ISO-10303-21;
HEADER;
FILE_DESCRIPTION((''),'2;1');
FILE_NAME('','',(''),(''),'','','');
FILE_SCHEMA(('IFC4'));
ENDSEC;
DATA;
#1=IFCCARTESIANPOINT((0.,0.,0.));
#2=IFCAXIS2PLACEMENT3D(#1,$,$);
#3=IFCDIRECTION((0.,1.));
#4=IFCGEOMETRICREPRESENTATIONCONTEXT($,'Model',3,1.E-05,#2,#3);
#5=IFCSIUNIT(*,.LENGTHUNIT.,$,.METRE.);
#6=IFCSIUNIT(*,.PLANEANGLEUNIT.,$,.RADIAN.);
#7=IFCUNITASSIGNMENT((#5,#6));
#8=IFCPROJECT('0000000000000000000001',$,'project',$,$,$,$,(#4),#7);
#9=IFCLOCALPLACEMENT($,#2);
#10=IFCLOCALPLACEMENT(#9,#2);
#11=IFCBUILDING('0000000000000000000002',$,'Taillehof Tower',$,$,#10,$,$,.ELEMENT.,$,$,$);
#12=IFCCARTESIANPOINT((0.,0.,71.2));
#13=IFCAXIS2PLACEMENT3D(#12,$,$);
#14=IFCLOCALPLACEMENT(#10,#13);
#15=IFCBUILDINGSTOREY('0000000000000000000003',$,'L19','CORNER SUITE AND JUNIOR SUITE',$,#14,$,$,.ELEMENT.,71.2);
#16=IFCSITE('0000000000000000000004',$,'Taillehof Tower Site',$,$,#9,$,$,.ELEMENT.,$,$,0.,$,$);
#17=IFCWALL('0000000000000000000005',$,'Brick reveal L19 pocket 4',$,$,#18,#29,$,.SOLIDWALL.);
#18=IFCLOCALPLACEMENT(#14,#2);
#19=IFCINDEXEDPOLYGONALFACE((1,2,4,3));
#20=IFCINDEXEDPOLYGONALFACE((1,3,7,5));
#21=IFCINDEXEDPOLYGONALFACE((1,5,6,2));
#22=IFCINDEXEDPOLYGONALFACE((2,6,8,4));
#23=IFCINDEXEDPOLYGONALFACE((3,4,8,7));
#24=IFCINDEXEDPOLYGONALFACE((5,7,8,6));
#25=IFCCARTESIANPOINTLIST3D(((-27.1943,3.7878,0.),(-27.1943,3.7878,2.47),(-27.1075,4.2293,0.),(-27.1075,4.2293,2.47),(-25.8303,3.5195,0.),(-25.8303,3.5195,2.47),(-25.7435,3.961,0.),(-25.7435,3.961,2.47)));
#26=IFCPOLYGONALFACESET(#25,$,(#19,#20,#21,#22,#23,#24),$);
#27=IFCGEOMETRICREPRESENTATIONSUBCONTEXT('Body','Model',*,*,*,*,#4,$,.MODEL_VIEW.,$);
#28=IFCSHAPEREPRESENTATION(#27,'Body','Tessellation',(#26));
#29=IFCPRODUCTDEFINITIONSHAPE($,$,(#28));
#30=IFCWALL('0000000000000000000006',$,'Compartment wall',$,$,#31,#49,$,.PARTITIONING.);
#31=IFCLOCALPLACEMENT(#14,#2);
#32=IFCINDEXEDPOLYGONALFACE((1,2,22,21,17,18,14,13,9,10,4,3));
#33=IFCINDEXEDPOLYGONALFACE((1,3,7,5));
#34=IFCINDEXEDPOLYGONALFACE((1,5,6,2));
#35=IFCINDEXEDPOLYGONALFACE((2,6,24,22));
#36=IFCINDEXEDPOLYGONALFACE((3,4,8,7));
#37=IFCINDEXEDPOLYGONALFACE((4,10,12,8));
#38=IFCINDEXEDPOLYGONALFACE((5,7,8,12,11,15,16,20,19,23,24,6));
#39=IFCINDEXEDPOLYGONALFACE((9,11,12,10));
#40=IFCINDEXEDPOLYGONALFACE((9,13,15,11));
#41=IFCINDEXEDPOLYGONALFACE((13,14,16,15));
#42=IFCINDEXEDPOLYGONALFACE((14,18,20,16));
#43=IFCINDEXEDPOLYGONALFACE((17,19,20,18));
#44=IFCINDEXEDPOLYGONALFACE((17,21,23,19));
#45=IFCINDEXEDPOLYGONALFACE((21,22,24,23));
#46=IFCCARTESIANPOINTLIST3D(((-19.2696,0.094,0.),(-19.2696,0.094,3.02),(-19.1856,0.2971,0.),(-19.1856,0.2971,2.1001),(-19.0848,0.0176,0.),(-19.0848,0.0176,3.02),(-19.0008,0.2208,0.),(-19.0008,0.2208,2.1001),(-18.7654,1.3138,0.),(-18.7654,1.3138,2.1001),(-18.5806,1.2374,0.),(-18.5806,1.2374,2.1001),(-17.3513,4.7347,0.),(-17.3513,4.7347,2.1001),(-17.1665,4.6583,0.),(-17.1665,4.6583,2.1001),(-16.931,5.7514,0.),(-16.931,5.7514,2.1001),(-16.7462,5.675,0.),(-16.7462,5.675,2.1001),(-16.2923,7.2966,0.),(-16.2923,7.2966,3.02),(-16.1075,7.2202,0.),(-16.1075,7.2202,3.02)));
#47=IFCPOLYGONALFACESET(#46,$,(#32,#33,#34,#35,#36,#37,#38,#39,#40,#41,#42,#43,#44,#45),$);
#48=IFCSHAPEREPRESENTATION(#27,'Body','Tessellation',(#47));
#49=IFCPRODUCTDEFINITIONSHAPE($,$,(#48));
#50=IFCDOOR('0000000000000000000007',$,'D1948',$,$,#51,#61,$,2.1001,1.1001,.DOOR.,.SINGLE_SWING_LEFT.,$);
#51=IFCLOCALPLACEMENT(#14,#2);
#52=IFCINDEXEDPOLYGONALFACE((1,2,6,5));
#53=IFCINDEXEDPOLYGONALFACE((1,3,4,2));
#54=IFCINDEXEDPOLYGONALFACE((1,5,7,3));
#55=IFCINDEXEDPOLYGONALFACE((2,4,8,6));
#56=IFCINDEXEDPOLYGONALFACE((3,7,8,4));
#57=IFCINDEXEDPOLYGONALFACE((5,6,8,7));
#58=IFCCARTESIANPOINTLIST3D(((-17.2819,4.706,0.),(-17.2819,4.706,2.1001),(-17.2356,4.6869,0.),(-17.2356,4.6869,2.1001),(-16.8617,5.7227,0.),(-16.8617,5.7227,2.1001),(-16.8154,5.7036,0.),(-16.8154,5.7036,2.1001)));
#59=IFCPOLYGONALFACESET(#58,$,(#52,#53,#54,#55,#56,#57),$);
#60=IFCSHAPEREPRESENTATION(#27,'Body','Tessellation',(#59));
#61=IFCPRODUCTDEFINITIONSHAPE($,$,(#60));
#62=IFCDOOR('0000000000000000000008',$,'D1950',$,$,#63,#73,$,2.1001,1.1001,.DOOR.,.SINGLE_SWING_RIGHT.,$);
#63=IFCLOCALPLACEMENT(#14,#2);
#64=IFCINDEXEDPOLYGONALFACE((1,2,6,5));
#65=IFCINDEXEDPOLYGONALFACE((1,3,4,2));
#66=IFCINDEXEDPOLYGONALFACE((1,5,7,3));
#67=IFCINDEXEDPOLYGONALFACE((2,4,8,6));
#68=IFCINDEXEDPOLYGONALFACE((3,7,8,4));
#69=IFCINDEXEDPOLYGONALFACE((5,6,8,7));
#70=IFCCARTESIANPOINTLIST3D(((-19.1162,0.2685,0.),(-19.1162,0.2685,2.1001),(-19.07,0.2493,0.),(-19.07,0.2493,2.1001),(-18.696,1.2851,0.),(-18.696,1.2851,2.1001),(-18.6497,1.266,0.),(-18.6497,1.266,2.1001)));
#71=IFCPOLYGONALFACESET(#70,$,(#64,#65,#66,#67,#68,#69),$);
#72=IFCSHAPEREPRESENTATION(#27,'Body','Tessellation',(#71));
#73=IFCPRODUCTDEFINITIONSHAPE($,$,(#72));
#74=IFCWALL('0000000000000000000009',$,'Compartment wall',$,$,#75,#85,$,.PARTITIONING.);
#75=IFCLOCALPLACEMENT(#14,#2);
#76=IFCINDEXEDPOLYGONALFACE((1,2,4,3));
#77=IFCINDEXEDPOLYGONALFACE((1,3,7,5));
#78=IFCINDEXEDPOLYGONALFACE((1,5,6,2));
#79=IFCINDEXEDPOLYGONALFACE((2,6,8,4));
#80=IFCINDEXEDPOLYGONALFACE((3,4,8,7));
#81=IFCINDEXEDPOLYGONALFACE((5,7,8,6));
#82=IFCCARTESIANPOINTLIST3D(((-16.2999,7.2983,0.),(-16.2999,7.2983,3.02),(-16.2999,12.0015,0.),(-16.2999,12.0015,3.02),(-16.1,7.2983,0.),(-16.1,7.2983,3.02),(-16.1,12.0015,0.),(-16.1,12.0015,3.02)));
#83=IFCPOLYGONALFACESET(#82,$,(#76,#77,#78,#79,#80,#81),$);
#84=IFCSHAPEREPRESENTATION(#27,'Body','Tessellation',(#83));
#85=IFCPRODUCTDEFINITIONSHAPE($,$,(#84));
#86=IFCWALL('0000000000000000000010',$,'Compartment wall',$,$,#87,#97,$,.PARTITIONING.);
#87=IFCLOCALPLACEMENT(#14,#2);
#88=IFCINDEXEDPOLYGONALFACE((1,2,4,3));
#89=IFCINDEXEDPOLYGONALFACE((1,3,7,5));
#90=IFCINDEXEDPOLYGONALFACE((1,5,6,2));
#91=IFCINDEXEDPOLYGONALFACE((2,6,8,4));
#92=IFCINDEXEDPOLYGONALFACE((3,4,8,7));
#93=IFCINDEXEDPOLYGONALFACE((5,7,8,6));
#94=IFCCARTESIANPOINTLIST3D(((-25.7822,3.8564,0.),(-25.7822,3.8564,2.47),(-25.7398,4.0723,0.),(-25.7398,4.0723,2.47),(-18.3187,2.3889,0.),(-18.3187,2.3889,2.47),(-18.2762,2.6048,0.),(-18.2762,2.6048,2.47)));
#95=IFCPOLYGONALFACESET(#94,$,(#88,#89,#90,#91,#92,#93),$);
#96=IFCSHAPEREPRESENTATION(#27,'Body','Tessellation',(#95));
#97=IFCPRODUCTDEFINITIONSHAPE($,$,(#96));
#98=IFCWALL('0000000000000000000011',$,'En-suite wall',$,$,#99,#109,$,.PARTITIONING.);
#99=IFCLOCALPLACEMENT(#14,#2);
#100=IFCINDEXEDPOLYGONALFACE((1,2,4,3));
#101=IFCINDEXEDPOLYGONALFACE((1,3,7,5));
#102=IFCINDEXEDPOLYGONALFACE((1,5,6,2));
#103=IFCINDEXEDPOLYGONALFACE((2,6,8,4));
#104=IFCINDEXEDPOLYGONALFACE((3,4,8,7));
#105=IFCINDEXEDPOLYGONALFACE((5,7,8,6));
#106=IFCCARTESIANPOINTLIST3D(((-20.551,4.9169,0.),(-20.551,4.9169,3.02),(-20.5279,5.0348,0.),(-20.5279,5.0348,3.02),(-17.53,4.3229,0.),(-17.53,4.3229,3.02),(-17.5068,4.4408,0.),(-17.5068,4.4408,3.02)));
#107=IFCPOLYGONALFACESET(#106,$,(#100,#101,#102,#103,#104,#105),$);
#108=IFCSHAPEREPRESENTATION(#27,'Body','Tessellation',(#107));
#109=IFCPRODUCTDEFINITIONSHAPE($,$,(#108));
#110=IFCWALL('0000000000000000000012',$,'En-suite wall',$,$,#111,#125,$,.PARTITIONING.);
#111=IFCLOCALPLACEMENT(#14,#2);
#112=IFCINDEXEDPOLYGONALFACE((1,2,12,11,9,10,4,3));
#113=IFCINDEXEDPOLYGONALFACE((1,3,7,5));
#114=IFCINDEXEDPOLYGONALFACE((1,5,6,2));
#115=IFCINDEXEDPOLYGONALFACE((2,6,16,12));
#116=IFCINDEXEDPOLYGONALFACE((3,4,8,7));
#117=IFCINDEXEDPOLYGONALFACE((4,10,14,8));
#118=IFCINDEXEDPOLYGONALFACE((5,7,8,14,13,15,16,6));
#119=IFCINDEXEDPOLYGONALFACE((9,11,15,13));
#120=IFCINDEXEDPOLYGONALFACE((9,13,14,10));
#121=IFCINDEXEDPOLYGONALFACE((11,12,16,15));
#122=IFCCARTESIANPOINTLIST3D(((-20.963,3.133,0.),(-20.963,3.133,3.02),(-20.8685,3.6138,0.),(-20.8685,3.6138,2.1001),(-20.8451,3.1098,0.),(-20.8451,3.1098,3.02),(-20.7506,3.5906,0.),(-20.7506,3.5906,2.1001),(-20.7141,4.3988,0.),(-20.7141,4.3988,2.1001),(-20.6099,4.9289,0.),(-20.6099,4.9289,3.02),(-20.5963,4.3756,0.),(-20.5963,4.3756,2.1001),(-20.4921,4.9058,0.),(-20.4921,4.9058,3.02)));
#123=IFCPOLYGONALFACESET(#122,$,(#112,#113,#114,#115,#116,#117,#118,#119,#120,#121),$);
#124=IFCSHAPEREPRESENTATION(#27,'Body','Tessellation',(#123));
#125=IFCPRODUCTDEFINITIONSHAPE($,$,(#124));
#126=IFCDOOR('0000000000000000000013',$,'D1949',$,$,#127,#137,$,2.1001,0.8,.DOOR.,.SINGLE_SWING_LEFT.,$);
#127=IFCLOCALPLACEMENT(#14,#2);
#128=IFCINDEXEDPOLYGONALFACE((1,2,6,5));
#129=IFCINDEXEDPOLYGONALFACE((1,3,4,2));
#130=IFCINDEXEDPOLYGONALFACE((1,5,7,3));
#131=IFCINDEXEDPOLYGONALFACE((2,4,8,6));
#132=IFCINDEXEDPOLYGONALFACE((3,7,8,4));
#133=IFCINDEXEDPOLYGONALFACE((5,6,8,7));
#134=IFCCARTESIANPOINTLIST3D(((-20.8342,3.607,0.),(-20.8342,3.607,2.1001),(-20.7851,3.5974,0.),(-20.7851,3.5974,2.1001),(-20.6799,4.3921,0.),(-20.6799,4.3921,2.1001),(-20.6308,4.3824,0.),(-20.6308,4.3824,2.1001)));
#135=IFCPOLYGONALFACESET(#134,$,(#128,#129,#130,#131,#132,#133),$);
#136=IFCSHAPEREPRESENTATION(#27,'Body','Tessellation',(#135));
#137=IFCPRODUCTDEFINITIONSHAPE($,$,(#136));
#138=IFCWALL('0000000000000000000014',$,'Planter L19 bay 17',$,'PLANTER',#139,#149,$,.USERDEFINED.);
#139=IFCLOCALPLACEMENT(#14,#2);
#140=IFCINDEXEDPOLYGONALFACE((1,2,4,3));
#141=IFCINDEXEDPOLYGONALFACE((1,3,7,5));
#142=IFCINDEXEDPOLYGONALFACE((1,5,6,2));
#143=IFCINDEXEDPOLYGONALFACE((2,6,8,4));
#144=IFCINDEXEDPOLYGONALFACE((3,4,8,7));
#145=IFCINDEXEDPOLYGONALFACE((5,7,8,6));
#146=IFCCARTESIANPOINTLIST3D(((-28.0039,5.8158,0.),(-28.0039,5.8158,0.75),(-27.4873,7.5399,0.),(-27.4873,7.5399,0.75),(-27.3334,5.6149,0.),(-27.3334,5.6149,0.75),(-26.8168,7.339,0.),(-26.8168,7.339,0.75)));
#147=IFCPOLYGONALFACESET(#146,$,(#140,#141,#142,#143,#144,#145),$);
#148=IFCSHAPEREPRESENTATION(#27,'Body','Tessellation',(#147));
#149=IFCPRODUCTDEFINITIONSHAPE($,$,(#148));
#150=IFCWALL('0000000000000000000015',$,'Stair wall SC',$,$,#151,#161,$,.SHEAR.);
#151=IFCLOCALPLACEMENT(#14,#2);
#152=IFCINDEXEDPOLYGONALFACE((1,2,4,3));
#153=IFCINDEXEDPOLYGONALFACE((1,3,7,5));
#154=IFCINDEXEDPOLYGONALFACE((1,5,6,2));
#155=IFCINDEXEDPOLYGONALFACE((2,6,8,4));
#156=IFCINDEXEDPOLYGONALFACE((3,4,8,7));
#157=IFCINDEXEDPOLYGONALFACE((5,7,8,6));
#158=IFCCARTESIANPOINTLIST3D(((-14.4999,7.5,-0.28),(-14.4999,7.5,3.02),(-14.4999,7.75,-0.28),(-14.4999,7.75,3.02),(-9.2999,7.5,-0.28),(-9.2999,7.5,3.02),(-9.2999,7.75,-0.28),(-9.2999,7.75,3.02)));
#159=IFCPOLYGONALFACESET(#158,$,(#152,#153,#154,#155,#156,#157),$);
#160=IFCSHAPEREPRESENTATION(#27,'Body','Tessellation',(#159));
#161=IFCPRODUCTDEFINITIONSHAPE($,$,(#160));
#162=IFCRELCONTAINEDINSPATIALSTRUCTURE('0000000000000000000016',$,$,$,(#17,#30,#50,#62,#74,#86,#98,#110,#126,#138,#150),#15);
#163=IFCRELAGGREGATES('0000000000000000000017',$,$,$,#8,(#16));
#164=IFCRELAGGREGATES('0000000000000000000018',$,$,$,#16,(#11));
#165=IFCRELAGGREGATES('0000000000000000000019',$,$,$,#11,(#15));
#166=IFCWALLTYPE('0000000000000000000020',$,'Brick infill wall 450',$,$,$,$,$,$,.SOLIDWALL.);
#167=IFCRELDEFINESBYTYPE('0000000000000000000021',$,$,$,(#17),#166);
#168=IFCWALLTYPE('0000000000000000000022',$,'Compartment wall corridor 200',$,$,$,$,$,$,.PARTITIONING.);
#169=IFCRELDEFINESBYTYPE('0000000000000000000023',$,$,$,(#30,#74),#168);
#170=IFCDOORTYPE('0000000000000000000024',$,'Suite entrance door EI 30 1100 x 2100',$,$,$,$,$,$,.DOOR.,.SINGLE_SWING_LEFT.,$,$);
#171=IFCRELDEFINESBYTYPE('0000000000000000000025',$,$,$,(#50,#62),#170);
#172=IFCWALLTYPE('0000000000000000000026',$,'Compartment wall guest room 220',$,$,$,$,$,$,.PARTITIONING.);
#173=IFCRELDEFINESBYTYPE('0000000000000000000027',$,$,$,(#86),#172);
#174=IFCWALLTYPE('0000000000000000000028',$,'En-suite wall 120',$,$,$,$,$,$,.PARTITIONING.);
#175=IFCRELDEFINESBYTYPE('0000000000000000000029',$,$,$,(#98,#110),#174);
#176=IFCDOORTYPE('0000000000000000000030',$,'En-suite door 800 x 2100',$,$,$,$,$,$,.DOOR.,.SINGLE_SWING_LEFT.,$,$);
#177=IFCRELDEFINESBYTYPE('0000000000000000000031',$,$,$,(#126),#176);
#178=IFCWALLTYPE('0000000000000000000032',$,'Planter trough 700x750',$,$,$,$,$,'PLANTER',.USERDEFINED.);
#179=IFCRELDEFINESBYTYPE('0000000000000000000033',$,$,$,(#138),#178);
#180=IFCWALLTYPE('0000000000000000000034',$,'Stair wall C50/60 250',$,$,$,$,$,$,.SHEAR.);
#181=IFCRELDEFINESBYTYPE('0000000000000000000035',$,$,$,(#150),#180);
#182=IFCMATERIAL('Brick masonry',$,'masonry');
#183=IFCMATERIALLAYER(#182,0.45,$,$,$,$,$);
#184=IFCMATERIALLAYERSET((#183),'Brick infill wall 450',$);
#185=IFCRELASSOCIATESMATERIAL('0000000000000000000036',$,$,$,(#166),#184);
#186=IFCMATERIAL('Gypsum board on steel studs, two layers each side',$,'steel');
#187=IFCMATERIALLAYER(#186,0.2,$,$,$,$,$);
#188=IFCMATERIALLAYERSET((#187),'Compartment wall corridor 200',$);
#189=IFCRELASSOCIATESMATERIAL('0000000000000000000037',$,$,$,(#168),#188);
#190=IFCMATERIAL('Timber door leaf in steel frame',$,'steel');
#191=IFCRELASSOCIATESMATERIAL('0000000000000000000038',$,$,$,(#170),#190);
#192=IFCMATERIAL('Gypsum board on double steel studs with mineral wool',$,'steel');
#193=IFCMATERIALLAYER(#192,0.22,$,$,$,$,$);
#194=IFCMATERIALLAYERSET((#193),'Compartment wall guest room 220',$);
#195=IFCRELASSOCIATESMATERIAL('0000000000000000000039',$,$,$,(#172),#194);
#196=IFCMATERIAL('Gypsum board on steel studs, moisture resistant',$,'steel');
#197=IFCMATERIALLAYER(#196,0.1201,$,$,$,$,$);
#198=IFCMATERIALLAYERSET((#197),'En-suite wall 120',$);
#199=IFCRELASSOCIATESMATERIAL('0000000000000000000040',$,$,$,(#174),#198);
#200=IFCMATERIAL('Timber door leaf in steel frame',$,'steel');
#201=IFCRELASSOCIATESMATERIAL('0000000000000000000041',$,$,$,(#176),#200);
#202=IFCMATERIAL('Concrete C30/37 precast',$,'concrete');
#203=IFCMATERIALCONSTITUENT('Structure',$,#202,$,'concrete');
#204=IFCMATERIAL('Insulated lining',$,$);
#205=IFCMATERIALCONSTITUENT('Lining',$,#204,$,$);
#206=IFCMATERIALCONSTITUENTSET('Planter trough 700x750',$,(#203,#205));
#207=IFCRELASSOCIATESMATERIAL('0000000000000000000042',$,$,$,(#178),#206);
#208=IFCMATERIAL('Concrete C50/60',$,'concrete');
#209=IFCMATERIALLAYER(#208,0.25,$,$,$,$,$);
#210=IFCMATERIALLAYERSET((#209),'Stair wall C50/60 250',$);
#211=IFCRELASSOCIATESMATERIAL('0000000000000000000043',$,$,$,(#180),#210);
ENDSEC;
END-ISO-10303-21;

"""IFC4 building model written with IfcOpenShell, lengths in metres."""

from ifc_helpers import new_model, si_unit, direction, frame, frame_2d, origin, place, context, subcontext, project, spatial, rectangle, extrude, material, layer, layer_set, constituent, constituent_set, type_object, element, fill, save


model = new_model("IFC4")

# Units and contexts
model_context = context("Model", 3, precision=1e-05, world=origin(), true_north=direction((0.0, 1.0)))
body_context = subcontext(model_context, "Body", "Model", "MODEL_VIEW")
ifc_project = project(units=[si_unit("LENGTHUNIT", "METRE"), si_unit("PLANEANGLEUNIT", "RADIAN")], contexts=[model_context])

# Site, building, storey
site_placement = place(None, origin())
site = spatial("IfcSite", under=ifc_project, at=site_placement, Name="Taillehof Tower Site", CompositionType="ELEMENT", RefElevation=0.0)
building_placement = place(site_placement, origin())
building = spatial("IfcBuilding", under=site, at=building_placement, Name="Taillehof Tower", CompositionType="ELEMENT")
storey_placement = place(building_placement, frame((0.0, 0.0, 71.2)))
storey = spatial("IfcBuildingStorey", under=building, at=storey_placement, Name="L19", Description="CORNER SUITE AND JUNIOR SUITE", CompositionType="ELEMENT", Elevation=71.2)

# Shared definitions
ifc_material_1 = material(Name="Brick masonry", Category="masonry")
ifc_layer_1 = layer(ifc_material_1, 0.45)
ifc_layer_set_1 = layer_set([ifc_layer_1], Name="Brick infill wall 450")
wall_type_1 = type_object("IfcWallType", Name="Brick infill wall 450", PredefinedType="SOLIDWALL", material=ifc_layer_set_1)

# Wall
wall_1_placement = place(storey_placement, frame((-27.1509, 4.0085, 0.0), z_axis=(0.0, 0.0, 1.0), x_axis=(0.981197, -0.193008, 0.0)))
element("IfcWall", 1, at=wall_1_placement, inside=storey, type_object=wall_type_1, Name="Brick reveal L19 pocket 4", PredefinedType="SOLIDWALL", context=body_context, shape_type="SweptSolid", body=[
    extrude(rectangle(XDim=1.3901, YDim=0.45, at=frame_2d((0.6951, 0.0))), origin(), (0.0, 0.0, 1.0), 2.47),
])

# Wall, openings, doors
ifc_material_2 = material(Name="Gypsum board on steel studs, two layers each side", Category="steel")
ifc_layer_2 = layer(ifc_material_2, 0.2)
ifc_layer_set_2 = layer_set([ifc_layer_2], Name="Compartment wall corridor 200")
wall_type_2 = type_object("IfcWallType", Name="Compartment wall corridor 200", PredefinedType="PARTITIONING", material=ifc_layer_set_2)
wall_2_placement = place(storey_placement, frame((-19.1772, 0.0557, 0.0), z_axis=(0.0, 0.0, 1.0), x_axis=(0.382011, 0.924158, 0.0)))
wall_2 = element("IfcWall", 2, at=wall_2_placement, inside=storey, type_object=wall_type_2, Name="Compartment wall", PredefinedType="PARTITIONING", context=body_context, shape_type="SweptSolid", body=[
    extrude(rectangle(XDim=7.7937, YDim=0.2, at=frame_2d((3.897, 0.0))), origin(), (0.0, 0.0, 1.0), 3.02),
])
opening_1_placement = place(wall_2_placement, frame((5.0217, 0.0, 0.0)))
opening_1 = element("IfcOpeningElement", 3, at=opening_1_placement, cuts=wall_2, PredefinedType="OPENING", context=body_context, shape_type="SweptSolid", body=[
    extrude(rectangle(XDim=1.1001, YDim=2.1001, at=frame_2d((0.55, 1.05))), frame((0.0, 0.1099, 0.0), z_axis=(0.0, -1.0, 0.0), x_axis=(1.0, 0.0, 0.0)), (0.0, 0.0, 1.0), 0.22),
])
opening_2_placement = place(wall_2_placement, frame((0.22, 0.0, 0.0)))
opening_2 = element("IfcOpeningElement", 4, at=opening_2_placement, cuts=wall_2, PredefinedType="OPENING", context=body_context, shape_type="SweptSolid", body=[
    extrude(rectangle(XDim=1.1001, YDim=2.1001, at=frame_2d((0.55, 1.05))), frame((0.0, 0.1099, 0.0), z_axis=(0.0, -1.0, 0.0), x_axis=(1.0, 0.0, 0.0)), (0.0, 0.0, 1.0), 0.22),
])
ifc_material_3 = material(Name="Timber door leaf in steel frame", Category="steel")
door_type_1 = type_object("IfcDoorType", Name="Suite entrance door EI 30 1100 x 2100", OperationType="SINGLE_SWING_LEFT", PredefinedType="DOOR", material=ifc_material_3)
door_1_placement = place(opening_1_placement, origin())
door_1 = element("IfcDoor", 5, at=door_1_placement, inside=storey, type_object=door_type_1, Name="D1948", OperationType="SINGLE_SWING_LEFT", OverallHeight=2.1001, OverallWidth=1.1001, PredefinedType="DOOR", context=body_context, shape_type="SweptSolid", body=[
    extrude(rectangle(XDim=1.1001, YDim=2.1001, at=frame_2d((0.55, 1.05))), frame((0.0, 0.0249, 0.0), z_axis=(0.0, -1.0, 0.0), x_axis=(1.0, 0.0, 0.0)), (0.0, 0.0, 1.0), 0.05),
])
fill(opening_1, door_1)
door_2_placement = place(opening_2_placement, origin())
door_2 = element("IfcDoor", 6, at=door_2_placement, inside=storey, type_object=door_type_1, Name="D1950", OperationType="SINGLE_SWING_RIGHT", OverallHeight=2.1001, OverallWidth=1.1001, PredefinedType="DOOR", context=body_context, shape_type="SweptSolid", body=[
    extrude(rectangle(XDim=1.1001, YDim=2.1001, at=frame_2d((0.55, 1.05))), frame((0.0, 0.0249, 0.0), z_axis=(0.0, -1.0, 0.0), x_axis=(1.0, 0.0, 0.0)), (0.0, 0.0, 1.0), 0.05),
])
fill(opening_2, door_2)

# Walls
wall_3_placement = place(storey_placement, frame((-16.2, 7.2983, 0.0), z_axis=(0.0, 0.0, 1.0), x_axis=(0.0, 1.0, 0.0)))
element("IfcWall", 7, at=wall_3_placement, inside=storey, type_object=wall_type_2, Name="Compartment wall", PredefinedType="PARTITIONING", context=body_context, shape_type="SweptSolid", body=[
    extrude(rectangle(XDim=4.7031, YDim=0.2, at=frame_2d((2.3516, 0.0))), origin(), (0.0, 0.0, 1.0), 3.02),
])
ifc_material_4 = material(Name="Gypsum board on double steel studs with mineral wool", Category="steel")
ifc_layer_3 = layer(ifc_material_4, 0.22)
ifc_layer_set_3 = layer_set([ifc_layer_3], Name="Compartment wall guest room 220")
wall_type_3 = type_object("IfcWallType", Name="Compartment wall guest room 220", PredefinedType="PARTITIONING", material=ifc_layer_set_3)
wall_4_placement = place(storey_placement, frame((-25.761, 3.9644, 0.0), z_axis=(0.0, 0.0, 1.0), x_axis=(0.981212, -0.19293, 0.0)))
element("IfcWall", 8, at=wall_4_placement, inside=storey, type_object=wall_type_3, Name="Compartment wall", PredefinedType="PARTITIONING", context=body_context, shape_type="SweptSolid", body=[
    extrude(rectangle(XDim=7.6064, YDim=0.22, at=frame_2d((3.8032, 0.0))), origin(), (0.0, 0.0, 1.0), 2.47),
])
ifc_material_5 = material(Name="Gypsum board on steel studs, moisture resistant", Category="steel")
ifc_layer_4 = layer(ifc_material_5, 0.1201)
ifc_layer_set_4 = layer_set([ifc_layer_4], Name="En-suite wall 120")
wall_type_4 = type_object("IfcWallType", Name="En-suite wall 120", PredefinedType="PARTITIONING", material=ifc_layer_set_4)
wall_5_placement = place(storey_placement, frame((-17.5183, 4.3818, 0.0), z_axis=(0.0, 0.0, 1.0), x_axis=(-0.981213, 0.192928, 0.0)))
element("IfcWall", 9, at=wall_5_placement, inside=storey, type_object=wall_type_4, Name="En-suite wall", PredefinedType="PARTITIONING", context=body_context, shape_type="SweptSolid", body=[
    extrude(rectangle(XDim=3.0789, YDim=0.1201, at=frame_2d((1.5396, 0.0))), origin(), (0.0, 0.0, 1.0), 3.02),
])

# Wall, opening, door
wall_6_placement = place(storey_placement, frame((-20.551, 4.9172, 0.0), z_axis=(0.0, 0.0, 1.0), x_axis=(-0.192883, -0.981222, 0.0)))
wall_6 = element("IfcWall", 10, at=wall_6_placement, inside=storey, type_object=wall_type_4, Name="En-suite wall", PredefinedType="PARTITIONING", context=body_context, shape_type="SweptSolid", body=[
    extrude(rectangle(XDim=1.8303, YDim=0.1201, at=frame_2d((0.915, 0.0))), origin(), (0.0, 0.0, 1.0), 3.02),
])
opening_3_placement = place(wall_6_placement, frame((0.5403, 0.0, 0.0)))
opening_3 = element("IfcOpeningElement", 11, at=opening_3_placement, cuts=wall_6, PredefinedType="OPENING", context=body_context, shape_type="SweptSolid", body=[
    extrude(rectangle(XDim=0.8, YDim=2.1001, at=frame_2d((0.3999, 1.05))), frame((0.0, 0.0701, 0.0), z_axis=(0.0, -1.0, 0.0), x_axis=(1.0, 0.0, 0.0)), (0.0, 0.0, 1.0), 0.1401),
])
ifc_material_6 = material(Name="Timber door leaf in steel frame", Category="steel")
door_type_2 = type_object("IfcDoorType", Name="En-suite door 800 x 2100", OperationType="SINGLE_SWING_LEFT", PredefinedType="DOOR", material=ifc_material_6)
door_3_placement = place(opening_3_placement, origin())
door_3 = element("IfcDoor", 12, at=door_3_placement, inside=storey, type_object=door_type_2, Name="D1949", OperationType="SINGLE_SWING_LEFT", OverallHeight=2.1001, OverallWidth=0.8, PredefinedType="DOOR", context=body_context, shape_type="SweptSolid", body=[
    extrude(rectangle(XDim=0.8, YDim=2.1001, at=frame_2d((0.3999, 1.05))), frame((0.0, 0.0249, 0.0), z_axis=(0.0, -1.0, 0.0), x_axis=(1.0, 0.0, 0.0)), (0.0, 0.0, 1.0), 0.05),
])
fill(opening_3, door_3)

# Walls
ifc_material_7 = material(Name="Concrete C30/37 precast", Category="concrete")
ifc_constituent_1 = constituent(ifc_material_7, Name="Structure", Category="concrete")
ifc_material_8 = material(Name="Insulated lining")
ifc_constituent_2 = constituent(ifc_material_8, Name="Lining")
ifc_constituent_set = constituent_set(constituents=[ifc_constituent_1, ifc_constituent_2], Name="Planter trough 700x750")
wall_type_5 = type_object("IfcWallType", Name="Planter trough 700x750", ElementType="PLANTER", PredefinedType="USERDEFINED", material=ifc_constituent_set)
wall_7_placement = place(storey_placement, frame((-27.1521, 7.4395, 0.0), z_axis=(0.0, 0.0, 1.0), x_axis=(-0.287024, -0.957923, 0.0)))
element("IfcWall", 13, at=wall_7_placement, inside=storey, type_object=wall_type_5, Name="Planter L19 bay 17", ObjectType="PLANTER", PredefinedType="USERDEFINED", context=body_context, shape_type="SweptSolid", body=[
    extrude(rectangle(XDim=1.7998, YDim=0.7, at=frame_2d((0.8999, 0.0))), origin(), (0.0, 0.0, 1.0), 0.75),
])
ifc_material_9 = material(Name="Concrete C50/60", Category="concrete")
ifc_layer_5 = layer(ifc_material_9, 0.25)
ifc_layer_set_5 = layer_set([ifc_layer_5], Name="Stair wall C50/60 250")
wall_type_6 = type_object("IfcWallType", Name="Stair wall C50/60 250", PredefinedType="SHEAR", material=ifc_layer_set_5)
wall_8_placement = place(storey_placement, frame((-14.5, 7.625, -0.28), z_axis=(0.0, 0.0, 1.0), x_axis=(1.0, 0.0, 0.0)))
element("IfcWall", 14, at=wall_8_placement, inside=storey, type_object=wall_type_6, Name="Stair wall SC", PredefinedType="SHEAR", context=body_context, shape_type="SweptSolid", body=[
    extrude(rectangle(XDim=5.2, YDim=0.25, at=frame_2d((2.6001, 0.0))), origin(), (0.0, 0.0, 1.0), 3.3),
])

save(model, "model.ifc")
